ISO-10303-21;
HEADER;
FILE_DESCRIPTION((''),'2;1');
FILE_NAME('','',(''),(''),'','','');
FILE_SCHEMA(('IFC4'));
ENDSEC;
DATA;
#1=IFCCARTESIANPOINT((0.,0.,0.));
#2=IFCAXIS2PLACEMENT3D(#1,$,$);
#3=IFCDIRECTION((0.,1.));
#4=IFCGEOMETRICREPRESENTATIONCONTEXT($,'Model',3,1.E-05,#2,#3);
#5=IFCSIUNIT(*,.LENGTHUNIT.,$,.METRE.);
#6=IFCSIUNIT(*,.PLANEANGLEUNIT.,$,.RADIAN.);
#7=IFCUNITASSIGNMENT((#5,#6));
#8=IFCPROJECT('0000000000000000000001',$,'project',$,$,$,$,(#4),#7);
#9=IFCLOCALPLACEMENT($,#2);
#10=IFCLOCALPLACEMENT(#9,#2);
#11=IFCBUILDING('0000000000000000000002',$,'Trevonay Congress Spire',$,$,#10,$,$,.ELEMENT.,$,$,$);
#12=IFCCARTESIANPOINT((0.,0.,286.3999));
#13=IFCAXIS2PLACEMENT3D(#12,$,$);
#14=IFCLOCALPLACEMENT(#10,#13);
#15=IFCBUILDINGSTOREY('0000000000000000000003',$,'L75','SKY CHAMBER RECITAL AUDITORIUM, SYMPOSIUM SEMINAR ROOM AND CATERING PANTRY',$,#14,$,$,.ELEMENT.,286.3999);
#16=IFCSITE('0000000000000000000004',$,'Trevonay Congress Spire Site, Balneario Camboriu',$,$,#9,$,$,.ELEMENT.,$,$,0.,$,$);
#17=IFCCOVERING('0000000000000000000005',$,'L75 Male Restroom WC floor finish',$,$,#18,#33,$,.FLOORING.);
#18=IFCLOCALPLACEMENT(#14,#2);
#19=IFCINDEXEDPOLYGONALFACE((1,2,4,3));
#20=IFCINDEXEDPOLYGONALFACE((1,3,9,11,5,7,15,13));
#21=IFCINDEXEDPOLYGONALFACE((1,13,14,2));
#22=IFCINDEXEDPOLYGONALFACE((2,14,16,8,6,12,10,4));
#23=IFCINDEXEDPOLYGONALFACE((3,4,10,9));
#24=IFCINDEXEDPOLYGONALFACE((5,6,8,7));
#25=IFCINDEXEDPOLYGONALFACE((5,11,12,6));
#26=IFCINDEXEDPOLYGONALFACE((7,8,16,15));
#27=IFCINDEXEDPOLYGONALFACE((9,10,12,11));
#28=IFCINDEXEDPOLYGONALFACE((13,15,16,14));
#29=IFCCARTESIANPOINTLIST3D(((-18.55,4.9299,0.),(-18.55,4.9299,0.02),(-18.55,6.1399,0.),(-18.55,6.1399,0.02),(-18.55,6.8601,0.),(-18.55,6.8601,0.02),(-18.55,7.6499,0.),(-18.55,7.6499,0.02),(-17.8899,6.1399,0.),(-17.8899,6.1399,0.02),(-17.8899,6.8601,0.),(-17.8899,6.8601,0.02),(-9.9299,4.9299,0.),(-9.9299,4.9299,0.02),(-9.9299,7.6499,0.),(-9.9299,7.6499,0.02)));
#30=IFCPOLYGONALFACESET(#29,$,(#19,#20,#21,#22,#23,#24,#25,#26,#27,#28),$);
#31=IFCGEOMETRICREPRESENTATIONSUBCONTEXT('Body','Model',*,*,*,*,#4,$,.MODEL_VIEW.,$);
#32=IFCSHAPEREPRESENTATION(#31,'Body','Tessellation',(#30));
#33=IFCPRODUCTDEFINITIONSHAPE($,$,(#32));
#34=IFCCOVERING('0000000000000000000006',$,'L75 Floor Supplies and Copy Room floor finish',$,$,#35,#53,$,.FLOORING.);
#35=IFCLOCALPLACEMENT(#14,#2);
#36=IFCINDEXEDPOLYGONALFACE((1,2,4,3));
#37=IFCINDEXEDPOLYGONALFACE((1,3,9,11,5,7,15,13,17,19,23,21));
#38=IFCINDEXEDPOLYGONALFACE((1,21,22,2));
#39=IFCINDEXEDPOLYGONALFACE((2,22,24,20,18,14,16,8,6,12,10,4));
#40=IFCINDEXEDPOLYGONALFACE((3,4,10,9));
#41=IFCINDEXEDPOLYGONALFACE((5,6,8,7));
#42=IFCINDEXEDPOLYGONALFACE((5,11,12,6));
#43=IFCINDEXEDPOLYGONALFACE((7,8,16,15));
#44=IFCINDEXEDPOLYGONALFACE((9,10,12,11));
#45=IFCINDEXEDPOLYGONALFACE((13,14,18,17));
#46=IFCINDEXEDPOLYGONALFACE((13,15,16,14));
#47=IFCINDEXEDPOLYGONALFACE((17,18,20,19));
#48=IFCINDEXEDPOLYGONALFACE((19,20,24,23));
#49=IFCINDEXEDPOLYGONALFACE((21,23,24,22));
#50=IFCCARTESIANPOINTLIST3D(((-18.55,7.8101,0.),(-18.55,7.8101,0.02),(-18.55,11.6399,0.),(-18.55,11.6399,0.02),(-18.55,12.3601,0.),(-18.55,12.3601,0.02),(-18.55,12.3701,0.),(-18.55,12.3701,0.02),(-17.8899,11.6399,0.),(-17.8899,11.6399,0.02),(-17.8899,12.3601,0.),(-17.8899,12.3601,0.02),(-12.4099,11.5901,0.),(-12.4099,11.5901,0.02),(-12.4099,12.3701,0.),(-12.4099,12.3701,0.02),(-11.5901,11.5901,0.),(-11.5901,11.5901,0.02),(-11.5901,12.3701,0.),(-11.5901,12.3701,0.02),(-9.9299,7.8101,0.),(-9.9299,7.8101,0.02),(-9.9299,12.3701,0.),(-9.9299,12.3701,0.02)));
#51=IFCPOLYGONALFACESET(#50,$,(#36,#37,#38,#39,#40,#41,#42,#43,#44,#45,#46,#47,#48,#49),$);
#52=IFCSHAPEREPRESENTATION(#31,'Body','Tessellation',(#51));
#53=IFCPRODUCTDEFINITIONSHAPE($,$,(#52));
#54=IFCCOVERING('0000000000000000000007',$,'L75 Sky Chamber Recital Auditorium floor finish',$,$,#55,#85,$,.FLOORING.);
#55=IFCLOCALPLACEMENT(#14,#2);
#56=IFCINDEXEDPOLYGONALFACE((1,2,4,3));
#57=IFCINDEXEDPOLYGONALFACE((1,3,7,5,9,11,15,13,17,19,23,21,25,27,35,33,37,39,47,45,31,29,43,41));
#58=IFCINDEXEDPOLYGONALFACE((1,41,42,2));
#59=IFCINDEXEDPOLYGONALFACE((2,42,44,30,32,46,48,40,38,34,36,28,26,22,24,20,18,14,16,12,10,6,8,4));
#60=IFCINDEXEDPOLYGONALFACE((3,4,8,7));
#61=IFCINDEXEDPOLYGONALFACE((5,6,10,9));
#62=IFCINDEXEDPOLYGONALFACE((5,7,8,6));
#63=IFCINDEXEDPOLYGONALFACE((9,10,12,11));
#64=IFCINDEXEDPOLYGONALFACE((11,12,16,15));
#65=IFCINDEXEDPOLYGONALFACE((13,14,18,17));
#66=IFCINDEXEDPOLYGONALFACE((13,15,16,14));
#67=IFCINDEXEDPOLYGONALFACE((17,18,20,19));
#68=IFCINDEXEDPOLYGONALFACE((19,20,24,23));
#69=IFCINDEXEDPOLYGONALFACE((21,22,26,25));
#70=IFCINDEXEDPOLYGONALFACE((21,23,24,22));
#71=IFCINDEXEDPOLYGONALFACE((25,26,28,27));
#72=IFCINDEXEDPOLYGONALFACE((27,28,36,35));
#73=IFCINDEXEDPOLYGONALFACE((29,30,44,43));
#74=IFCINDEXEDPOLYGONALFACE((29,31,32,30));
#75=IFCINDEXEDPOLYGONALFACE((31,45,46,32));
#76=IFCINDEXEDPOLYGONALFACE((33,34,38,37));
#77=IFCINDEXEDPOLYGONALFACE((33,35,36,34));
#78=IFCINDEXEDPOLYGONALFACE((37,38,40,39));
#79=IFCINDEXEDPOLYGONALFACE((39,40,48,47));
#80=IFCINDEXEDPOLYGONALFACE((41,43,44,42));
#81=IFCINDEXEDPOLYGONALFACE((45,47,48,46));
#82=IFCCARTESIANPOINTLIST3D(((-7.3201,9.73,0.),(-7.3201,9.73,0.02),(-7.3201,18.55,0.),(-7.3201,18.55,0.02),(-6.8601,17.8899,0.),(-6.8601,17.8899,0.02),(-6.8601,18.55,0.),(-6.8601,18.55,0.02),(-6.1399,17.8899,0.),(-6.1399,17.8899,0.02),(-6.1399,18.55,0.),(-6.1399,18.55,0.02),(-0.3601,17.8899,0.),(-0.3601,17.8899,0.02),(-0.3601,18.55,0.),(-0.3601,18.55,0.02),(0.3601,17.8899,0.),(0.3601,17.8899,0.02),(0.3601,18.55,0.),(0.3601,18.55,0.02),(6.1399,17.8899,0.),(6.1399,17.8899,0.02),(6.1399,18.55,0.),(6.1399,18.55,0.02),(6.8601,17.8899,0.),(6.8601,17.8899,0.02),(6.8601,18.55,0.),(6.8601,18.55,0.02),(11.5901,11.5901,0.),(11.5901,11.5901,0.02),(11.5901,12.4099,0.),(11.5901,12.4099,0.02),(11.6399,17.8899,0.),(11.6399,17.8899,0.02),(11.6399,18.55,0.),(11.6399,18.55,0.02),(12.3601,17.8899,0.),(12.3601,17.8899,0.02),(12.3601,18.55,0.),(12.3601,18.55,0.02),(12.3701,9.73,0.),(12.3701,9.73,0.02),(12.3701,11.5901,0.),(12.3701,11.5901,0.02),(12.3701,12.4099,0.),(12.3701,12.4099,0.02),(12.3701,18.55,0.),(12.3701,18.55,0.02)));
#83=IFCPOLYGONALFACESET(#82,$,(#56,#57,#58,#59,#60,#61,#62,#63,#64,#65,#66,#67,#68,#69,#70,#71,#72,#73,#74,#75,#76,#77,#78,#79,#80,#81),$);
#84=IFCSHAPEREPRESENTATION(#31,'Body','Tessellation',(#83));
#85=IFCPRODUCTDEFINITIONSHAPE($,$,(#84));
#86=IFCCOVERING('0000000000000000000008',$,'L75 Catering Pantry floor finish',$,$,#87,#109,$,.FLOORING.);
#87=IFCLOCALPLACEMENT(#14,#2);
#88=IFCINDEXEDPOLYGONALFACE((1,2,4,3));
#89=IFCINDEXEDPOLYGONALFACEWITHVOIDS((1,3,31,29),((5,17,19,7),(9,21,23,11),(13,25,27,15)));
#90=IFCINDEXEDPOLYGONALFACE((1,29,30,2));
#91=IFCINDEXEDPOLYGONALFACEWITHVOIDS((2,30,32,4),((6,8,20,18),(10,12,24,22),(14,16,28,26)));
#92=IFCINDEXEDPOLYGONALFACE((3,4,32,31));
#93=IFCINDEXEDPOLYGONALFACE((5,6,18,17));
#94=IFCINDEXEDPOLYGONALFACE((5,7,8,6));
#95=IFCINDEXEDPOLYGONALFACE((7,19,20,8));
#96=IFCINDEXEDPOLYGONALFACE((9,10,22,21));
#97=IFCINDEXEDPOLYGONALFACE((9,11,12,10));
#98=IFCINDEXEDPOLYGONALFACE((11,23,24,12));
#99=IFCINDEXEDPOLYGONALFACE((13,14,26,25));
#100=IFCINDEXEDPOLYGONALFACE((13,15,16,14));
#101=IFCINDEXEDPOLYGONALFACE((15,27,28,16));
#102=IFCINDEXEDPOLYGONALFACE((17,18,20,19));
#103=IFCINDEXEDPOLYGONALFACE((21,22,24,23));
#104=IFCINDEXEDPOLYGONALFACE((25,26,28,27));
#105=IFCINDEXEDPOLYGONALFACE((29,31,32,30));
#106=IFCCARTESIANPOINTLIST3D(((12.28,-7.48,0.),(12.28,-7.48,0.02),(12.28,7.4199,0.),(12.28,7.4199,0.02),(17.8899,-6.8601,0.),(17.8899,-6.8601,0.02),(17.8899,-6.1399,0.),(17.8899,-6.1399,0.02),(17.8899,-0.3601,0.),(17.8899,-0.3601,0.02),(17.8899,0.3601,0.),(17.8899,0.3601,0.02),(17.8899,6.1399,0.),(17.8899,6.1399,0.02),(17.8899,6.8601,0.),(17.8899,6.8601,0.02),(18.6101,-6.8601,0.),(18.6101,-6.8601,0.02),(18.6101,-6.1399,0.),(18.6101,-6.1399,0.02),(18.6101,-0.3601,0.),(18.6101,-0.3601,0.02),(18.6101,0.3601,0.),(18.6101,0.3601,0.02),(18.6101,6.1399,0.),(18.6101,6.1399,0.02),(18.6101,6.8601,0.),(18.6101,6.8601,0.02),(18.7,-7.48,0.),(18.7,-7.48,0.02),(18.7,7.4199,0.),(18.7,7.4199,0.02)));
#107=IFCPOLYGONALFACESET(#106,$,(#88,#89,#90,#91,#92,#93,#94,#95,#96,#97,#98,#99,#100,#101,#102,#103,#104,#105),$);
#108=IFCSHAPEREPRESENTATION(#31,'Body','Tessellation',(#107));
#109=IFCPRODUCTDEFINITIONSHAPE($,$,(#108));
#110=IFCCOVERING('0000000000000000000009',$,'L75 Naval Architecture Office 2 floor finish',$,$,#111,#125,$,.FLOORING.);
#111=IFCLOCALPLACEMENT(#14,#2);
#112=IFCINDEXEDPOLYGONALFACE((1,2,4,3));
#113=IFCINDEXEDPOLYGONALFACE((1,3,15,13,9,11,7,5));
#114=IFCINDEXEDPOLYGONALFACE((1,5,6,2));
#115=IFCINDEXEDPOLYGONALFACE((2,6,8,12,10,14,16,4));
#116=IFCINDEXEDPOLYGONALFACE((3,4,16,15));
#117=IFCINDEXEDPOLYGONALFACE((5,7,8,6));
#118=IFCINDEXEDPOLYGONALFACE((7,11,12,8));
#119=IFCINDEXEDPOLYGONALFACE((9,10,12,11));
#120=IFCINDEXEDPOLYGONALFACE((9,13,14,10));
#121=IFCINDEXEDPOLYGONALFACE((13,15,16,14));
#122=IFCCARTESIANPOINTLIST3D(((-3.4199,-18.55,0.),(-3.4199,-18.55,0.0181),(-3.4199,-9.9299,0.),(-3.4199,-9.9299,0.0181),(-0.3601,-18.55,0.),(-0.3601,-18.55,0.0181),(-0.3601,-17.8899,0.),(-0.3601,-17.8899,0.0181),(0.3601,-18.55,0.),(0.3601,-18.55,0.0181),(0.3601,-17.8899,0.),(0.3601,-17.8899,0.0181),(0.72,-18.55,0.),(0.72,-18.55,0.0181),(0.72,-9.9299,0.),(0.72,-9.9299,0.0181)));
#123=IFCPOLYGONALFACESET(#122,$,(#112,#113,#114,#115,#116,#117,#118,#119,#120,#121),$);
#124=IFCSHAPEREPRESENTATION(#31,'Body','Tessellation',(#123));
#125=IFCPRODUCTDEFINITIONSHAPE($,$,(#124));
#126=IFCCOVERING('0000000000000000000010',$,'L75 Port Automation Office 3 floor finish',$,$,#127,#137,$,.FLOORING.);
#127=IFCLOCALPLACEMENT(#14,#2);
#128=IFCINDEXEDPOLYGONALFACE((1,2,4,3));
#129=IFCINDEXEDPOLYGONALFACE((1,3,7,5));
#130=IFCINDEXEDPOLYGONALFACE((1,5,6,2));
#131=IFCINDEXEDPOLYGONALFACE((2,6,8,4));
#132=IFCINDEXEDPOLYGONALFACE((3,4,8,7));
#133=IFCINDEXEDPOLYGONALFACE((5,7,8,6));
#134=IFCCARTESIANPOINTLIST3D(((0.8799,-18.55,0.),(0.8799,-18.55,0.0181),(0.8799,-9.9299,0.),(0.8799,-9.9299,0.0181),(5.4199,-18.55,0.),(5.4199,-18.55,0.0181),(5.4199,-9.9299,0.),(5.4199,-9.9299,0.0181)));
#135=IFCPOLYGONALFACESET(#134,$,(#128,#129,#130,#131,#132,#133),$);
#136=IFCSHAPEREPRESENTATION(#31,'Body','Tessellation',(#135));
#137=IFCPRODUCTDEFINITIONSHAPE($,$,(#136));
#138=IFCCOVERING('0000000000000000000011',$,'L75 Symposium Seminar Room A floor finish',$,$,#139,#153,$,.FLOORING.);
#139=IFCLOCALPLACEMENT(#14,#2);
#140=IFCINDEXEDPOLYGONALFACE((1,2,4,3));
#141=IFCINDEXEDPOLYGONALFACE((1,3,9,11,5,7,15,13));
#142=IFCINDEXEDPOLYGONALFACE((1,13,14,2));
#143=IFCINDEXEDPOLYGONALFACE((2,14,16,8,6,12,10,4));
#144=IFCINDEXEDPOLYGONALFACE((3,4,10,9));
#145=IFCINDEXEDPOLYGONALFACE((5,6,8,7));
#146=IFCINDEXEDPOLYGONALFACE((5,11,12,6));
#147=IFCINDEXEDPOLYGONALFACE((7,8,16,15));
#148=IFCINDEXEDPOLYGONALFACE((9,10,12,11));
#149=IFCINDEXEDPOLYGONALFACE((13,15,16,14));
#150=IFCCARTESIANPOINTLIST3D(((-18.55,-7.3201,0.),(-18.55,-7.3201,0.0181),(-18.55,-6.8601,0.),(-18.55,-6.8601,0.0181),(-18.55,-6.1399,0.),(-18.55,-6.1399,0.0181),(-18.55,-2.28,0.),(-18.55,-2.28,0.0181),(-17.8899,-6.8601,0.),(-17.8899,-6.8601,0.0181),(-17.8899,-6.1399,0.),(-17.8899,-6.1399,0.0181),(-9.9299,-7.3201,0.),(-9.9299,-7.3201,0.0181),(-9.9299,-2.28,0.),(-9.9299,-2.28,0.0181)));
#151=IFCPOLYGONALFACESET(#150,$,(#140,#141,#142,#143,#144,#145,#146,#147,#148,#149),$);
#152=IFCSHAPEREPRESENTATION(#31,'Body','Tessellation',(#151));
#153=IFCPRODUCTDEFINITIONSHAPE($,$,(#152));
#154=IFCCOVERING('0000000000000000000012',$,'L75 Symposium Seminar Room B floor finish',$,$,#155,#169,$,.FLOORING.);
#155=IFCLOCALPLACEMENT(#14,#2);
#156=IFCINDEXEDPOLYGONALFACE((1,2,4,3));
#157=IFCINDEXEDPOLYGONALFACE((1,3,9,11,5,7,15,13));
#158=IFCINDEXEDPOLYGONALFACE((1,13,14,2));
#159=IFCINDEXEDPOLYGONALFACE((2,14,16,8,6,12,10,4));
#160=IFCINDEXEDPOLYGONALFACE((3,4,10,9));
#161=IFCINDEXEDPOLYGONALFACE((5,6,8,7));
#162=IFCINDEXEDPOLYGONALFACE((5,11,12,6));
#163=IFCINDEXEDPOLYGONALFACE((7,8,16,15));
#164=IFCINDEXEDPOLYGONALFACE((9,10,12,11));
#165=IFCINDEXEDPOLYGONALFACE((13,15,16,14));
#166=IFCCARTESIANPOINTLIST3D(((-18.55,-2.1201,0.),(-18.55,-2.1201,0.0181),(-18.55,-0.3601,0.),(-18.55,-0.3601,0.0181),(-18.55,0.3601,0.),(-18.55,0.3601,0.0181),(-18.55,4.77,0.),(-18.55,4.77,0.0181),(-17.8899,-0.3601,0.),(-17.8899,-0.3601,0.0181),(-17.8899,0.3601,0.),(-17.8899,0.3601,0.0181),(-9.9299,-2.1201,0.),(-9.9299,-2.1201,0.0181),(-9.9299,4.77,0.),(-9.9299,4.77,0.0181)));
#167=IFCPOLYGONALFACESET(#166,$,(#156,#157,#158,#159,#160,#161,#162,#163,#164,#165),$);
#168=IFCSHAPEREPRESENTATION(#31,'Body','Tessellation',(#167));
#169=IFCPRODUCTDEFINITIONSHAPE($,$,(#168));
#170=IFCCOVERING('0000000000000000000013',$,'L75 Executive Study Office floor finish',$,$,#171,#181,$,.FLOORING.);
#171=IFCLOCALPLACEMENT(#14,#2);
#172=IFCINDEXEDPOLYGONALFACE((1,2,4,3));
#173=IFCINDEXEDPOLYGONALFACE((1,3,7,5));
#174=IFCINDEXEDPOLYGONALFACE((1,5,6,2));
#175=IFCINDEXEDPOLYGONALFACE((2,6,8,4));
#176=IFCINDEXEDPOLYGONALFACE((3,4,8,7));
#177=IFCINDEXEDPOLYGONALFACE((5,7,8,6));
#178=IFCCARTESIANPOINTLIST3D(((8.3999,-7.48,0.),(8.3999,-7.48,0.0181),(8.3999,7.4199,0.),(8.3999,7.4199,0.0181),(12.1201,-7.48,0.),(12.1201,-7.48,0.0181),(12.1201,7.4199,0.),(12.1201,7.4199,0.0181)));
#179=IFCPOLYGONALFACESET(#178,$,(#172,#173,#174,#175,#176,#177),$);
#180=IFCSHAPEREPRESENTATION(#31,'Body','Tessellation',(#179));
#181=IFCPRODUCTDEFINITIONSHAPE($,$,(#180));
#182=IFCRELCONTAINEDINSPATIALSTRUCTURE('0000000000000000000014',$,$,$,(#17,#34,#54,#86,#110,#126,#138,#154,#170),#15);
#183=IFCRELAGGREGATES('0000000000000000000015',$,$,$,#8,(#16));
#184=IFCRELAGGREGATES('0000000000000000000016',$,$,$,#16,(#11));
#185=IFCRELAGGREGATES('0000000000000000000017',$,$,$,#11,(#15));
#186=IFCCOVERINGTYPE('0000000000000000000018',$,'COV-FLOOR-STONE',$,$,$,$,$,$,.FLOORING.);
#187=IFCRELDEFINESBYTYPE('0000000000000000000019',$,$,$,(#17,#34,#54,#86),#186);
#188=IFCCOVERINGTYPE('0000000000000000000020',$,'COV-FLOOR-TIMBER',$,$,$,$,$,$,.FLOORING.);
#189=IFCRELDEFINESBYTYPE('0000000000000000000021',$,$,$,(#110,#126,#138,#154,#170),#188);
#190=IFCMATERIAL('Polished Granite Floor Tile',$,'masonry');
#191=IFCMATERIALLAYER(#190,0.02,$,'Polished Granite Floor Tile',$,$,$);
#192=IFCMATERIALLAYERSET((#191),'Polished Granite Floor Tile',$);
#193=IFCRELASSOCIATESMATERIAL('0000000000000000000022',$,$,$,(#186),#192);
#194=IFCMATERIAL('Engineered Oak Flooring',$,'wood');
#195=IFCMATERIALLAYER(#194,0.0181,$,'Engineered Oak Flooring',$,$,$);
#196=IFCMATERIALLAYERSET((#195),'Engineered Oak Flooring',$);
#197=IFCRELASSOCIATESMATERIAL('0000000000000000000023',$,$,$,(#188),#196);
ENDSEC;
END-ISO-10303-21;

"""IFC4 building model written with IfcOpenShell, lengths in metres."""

from ifc_helpers import new_model, si_unit, direction, frame, origin, place, context, subcontext, project, spatial, polyline, outline, extrude, material, layer, layer_set, type_object, element, save


model = new_model("IFC4")

# Units and contexts
model_context = context("Model", 3, precision=1e-05, world=origin(), true_north=direction((0.0, 1.0)))
body_context = subcontext(model_context, "Body", "Model", "MODEL_VIEW")
ifc_project = project(units=[si_unit("LENGTHUNIT", "METRE"), si_unit("PLANEANGLEUNIT", "RADIAN")], contexts=[model_context])

# Site, building, storey
site_placement = place(None, origin())
site = spatial("IfcSite", under=ifc_project, at=site_placement, Name="Trevonay Congress Spire Site, Balneario Camboriu", CompositionType="ELEMENT", RefElevation=0.0)
building_placement = place(site_placement, origin())
building = spatial("IfcBuilding", under=site, at=building_placement, Name="Trevonay Congress Spire", CompositionType="ELEMENT")
storey_placement = place(building_placement, frame((0.0, 0.0, 286.3999)))
storey = spatial("IfcBuildingStorey", under=building, at=storey_placement, Name="L75", Description="SKY CHAMBER RECITAL AUDITORIUM, SYMPOSIUM SEMINAR ROOM AND CATERING PANTRY", CompositionType="ELEMENT", Elevation=286.3999)

# Coverings
ifc_material_1 = material(Name="Polished Granite Floor Tile", Category="masonry")
ifc_layer_1 = layer(ifc_material_1, 0.02, Name="Polished Granite Floor Tile")
ifc_layer_set_1 = layer_set([ifc_layer_1], Name="Polished Granite Floor Tile")
covering_type_1 = type_object("IfcCoveringType", Name="COV-FLOOR-STONE", PredefinedType="FLOORING", material=ifc_layer_set_1)
covering_1_placement = place(storey_placement, origin())
element("IfcCovering", 1, at=covering_1_placement, inside=storey, type_object=covering_type_1, Name="L75 Male Restroom WC floor finish", PredefinedType="FLOORING", context=body_context, shape_type="SweptSolid", body=[
    extrude(outline(polyline([(-18.55, 7.6499), (-9.9299, 7.6499), (-9.9299, 4.9299), (-18.55, 4.9299), (-18.55, 6.1399), (-17.8899, 6.1399), (-17.8899, 6.8601), (-18.55, 6.8601), (-18.55, 7.6499)])), origin(), (0.0, 0.0, 1.0), 0.02),
])
covering_2_placement = place(storey_placement, origin())
element("IfcCovering", 2, at=covering_2_placement, inside=storey, type_object=covering_type_1, Name="L75 Floor Supplies and Copy Room floor finish", PredefinedType="FLOORING", context=body_context, shape_type="SweptSolid", body=[
    extrude(outline(polyline([(-9.9299, 12.3701), (-9.9299, 7.8101), (-18.55, 7.8101), (-18.55, 11.6399), (-17.8899, 11.6399), (-17.8899, 12.3601), (-18.55, 12.3601), (-18.55, 12.3701), (-12.4099, 12.3701), (-12.4099, 11.5901), (-11.5901, 11.5901), (-11.5901, 12.3701), (-9.9299, 12.3701)])), origin(), (0.0, 0.0, 1.0), 0.02),
])
covering_3_placement = place(storey_placement, origin())
element("IfcCovering", 3, at=covering_3_placement, inside=storey, type_object=covering_type_1, Name="L75 Sky Chamber Recital Auditorium floor finish", PredefinedType="FLOORING", context=body_context, shape_type="SweptSolid", body=[
    extrude(outline(polyline([(12.3701, 9.73), (-7.3201, 9.73), (-7.3201, 18.55), (-6.8601, 18.55), (-6.8601, 17.8899), (-6.1399, 17.8899), (-6.1399, 18.55), (-0.3601, 18.55), (-0.3601, 17.8899), (0.3601, 17.8899), (0.3601, 18.55), (6.1399, 18.55), (6.1399, 17.8899), (6.8601, 17.8899), (6.8601, 18.55), (11.6399, 18.55), (11.6399, 17.8899), (12.3601, 17.8899), (12.3601, 18.55), (12.3701, 18.55), (12.3701, 12.4099), (11.5901, 12.4099), (11.5901, 11.5901), (12.3701, 11.5901), (12.3701, 9.73)])), origin(), (0.0, 0.0, 1.0), 0.02),
])
covering_4_placement = place(storey_placement, origin())
element("IfcCovering", 4, at=covering_4_placement, inside=storey, type_object=covering_type_1, Name="L75 Catering Pantry floor finish", PredefinedType="FLOORING", context=body_context, shape_type="SweptSolid", body=[
    extrude(outline(polyline([(12.28, 7.4199), (18.7, 7.4199), (18.7, -7.48), (12.28, -7.48), (12.28, 7.4199)]), holes=[polyline([(17.8899, -6.8601), (18.6101, -6.8601), (18.6101, -6.1399), (17.8899, -6.1399), (17.8899, -6.8601)]), polyline([(17.8899, 0.3601), (17.8899, -0.3601), (18.6101, -0.3601), (18.6101, 0.3601), (17.8899, 0.3601)]), polyline([(17.8899, 6.8601), (17.8899, 6.1399), (18.6101, 6.1399), (18.6101, 6.8601), (17.8899, 6.8601)])]), origin(), (0.0, 0.0, 1.0), 0.02),
])
ifc_material_2 = material(Name="Engineered Oak Flooring", Category="wood")
ifc_layer_2 = layer(ifc_material_2, 0.0181, Name="Engineered Oak Flooring")
ifc_layer_set_2 = layer_set([ifc_layer_2], Name="Engineered Oak Flooring")
covering_type_2 = type_object("IfcCoveringType", Name="COV-FLOOR-TIMBER", PredefinedType="FLOORING", material=ifc_layer_set_2)
covering_5_placement = place(storey_placement, origin())
element("IfcCovering", 5, at=covering_5_placement, inside=storey, type_object=covering_type_2, Name="L75 Naval Architecture Office 2 floor finish", PredefinedType="FLOORING", context=body_context, shape_type="SweptSolid", body=[
    extrude(outline(polyline([(-3.4199, -18.55), (-3.4199, -9.9299), (0.72, -9.9299), (0.72, -18.55), (0.3601, -18.55), (0.3601, -17.8899), (-0.3601, -17.8899), (-0.3601, -18.55), (-3.4199, -18.55)])), origin(), (0.0, 0.0, 1.0), 0.0181),
])
covering_6_placement = place(storey_placement, origin())
element("IfcCovering", 6, at=covering_6_placement, inside=storey, type_object=covering_type_2, Name="L75 Port Automation Office 3 floor finish", PredefinedType="FLOORING", context=body_context, shape_type="SweptSolid", body=[
    extrude(outline(polyline([(0.8799, -18.55), (5.4199, -18.55), (5.4199, -9.9299), (0.8799, -9.9299), (0.8799, -18.55)])), origin(), (0.0, 0.0, 1.0), 0.0181),
])
covering_7_placement = place(storey_placement, origin())
element("IfcCovering", 7, at=covering_7_placement, inside=storey, type_object=covering_type_2, Name="L75 Symposium Seminar Room A floor finish", PredefinedType="FLOORING", context=body_context, shape_type="SweptSolid", body=[
    extrude(outline(polyline([(-18.55, -2.28), (-9.9299, -2.28), (-9.9299, -7.3201), (-18.55, -7.3201), (-18.55, -6.8601), (-17.8899, -6.8601), (-17.8899, -6.1399), (-18.55, -6.1399), (-18.55, -2.28)])), origin(), (0.0, 0.0, 1.0), 0.0181),
])
covering_8_placement = place(storey_placement, origin())
element("IfcCovering", 8, at=covering_8_placement, inside=storey, type_object=covering_type_2, Name="L75 Symposium Seminar Room B floor finish", PredefinedType="FLOORING", context=body_context, shape_type="SweptSolid", body=[
    extrude(outline(polyline([(-18.55, 4.77), (-9.9299, 4.77), (-9.9299, -2.1201), (-18.55, -2.1201), (-18.55, -0.3601), (-17.8899, -0.3601), (-17.8899, 0.3601), (-18.55, 0.3601), (-18.55, 4.77)])), origin(), (0.0, 0.0, 1.0), 0.0181),
])
covering_9_placement = place(storey_placement, origin())
element("IfcCovering", 9, at=covering_9_placement, inside=storey, type_object=covering_type_2, Name="L75 Executive Study Office floor finish", PredefinedType="FLOORING", context=body_context, shape_type="SweptSolid", body=[
    extrude(outline(polyline([(8.3999, -7.48), (12.1201, -7.48), (12.1201, 7.4199), (8.3999, 7.4199), (8.3999, -7.48)])), origin(), (0.0, 0.0, 1.0), 0.0181),
])

save(model, "model.ifc")
